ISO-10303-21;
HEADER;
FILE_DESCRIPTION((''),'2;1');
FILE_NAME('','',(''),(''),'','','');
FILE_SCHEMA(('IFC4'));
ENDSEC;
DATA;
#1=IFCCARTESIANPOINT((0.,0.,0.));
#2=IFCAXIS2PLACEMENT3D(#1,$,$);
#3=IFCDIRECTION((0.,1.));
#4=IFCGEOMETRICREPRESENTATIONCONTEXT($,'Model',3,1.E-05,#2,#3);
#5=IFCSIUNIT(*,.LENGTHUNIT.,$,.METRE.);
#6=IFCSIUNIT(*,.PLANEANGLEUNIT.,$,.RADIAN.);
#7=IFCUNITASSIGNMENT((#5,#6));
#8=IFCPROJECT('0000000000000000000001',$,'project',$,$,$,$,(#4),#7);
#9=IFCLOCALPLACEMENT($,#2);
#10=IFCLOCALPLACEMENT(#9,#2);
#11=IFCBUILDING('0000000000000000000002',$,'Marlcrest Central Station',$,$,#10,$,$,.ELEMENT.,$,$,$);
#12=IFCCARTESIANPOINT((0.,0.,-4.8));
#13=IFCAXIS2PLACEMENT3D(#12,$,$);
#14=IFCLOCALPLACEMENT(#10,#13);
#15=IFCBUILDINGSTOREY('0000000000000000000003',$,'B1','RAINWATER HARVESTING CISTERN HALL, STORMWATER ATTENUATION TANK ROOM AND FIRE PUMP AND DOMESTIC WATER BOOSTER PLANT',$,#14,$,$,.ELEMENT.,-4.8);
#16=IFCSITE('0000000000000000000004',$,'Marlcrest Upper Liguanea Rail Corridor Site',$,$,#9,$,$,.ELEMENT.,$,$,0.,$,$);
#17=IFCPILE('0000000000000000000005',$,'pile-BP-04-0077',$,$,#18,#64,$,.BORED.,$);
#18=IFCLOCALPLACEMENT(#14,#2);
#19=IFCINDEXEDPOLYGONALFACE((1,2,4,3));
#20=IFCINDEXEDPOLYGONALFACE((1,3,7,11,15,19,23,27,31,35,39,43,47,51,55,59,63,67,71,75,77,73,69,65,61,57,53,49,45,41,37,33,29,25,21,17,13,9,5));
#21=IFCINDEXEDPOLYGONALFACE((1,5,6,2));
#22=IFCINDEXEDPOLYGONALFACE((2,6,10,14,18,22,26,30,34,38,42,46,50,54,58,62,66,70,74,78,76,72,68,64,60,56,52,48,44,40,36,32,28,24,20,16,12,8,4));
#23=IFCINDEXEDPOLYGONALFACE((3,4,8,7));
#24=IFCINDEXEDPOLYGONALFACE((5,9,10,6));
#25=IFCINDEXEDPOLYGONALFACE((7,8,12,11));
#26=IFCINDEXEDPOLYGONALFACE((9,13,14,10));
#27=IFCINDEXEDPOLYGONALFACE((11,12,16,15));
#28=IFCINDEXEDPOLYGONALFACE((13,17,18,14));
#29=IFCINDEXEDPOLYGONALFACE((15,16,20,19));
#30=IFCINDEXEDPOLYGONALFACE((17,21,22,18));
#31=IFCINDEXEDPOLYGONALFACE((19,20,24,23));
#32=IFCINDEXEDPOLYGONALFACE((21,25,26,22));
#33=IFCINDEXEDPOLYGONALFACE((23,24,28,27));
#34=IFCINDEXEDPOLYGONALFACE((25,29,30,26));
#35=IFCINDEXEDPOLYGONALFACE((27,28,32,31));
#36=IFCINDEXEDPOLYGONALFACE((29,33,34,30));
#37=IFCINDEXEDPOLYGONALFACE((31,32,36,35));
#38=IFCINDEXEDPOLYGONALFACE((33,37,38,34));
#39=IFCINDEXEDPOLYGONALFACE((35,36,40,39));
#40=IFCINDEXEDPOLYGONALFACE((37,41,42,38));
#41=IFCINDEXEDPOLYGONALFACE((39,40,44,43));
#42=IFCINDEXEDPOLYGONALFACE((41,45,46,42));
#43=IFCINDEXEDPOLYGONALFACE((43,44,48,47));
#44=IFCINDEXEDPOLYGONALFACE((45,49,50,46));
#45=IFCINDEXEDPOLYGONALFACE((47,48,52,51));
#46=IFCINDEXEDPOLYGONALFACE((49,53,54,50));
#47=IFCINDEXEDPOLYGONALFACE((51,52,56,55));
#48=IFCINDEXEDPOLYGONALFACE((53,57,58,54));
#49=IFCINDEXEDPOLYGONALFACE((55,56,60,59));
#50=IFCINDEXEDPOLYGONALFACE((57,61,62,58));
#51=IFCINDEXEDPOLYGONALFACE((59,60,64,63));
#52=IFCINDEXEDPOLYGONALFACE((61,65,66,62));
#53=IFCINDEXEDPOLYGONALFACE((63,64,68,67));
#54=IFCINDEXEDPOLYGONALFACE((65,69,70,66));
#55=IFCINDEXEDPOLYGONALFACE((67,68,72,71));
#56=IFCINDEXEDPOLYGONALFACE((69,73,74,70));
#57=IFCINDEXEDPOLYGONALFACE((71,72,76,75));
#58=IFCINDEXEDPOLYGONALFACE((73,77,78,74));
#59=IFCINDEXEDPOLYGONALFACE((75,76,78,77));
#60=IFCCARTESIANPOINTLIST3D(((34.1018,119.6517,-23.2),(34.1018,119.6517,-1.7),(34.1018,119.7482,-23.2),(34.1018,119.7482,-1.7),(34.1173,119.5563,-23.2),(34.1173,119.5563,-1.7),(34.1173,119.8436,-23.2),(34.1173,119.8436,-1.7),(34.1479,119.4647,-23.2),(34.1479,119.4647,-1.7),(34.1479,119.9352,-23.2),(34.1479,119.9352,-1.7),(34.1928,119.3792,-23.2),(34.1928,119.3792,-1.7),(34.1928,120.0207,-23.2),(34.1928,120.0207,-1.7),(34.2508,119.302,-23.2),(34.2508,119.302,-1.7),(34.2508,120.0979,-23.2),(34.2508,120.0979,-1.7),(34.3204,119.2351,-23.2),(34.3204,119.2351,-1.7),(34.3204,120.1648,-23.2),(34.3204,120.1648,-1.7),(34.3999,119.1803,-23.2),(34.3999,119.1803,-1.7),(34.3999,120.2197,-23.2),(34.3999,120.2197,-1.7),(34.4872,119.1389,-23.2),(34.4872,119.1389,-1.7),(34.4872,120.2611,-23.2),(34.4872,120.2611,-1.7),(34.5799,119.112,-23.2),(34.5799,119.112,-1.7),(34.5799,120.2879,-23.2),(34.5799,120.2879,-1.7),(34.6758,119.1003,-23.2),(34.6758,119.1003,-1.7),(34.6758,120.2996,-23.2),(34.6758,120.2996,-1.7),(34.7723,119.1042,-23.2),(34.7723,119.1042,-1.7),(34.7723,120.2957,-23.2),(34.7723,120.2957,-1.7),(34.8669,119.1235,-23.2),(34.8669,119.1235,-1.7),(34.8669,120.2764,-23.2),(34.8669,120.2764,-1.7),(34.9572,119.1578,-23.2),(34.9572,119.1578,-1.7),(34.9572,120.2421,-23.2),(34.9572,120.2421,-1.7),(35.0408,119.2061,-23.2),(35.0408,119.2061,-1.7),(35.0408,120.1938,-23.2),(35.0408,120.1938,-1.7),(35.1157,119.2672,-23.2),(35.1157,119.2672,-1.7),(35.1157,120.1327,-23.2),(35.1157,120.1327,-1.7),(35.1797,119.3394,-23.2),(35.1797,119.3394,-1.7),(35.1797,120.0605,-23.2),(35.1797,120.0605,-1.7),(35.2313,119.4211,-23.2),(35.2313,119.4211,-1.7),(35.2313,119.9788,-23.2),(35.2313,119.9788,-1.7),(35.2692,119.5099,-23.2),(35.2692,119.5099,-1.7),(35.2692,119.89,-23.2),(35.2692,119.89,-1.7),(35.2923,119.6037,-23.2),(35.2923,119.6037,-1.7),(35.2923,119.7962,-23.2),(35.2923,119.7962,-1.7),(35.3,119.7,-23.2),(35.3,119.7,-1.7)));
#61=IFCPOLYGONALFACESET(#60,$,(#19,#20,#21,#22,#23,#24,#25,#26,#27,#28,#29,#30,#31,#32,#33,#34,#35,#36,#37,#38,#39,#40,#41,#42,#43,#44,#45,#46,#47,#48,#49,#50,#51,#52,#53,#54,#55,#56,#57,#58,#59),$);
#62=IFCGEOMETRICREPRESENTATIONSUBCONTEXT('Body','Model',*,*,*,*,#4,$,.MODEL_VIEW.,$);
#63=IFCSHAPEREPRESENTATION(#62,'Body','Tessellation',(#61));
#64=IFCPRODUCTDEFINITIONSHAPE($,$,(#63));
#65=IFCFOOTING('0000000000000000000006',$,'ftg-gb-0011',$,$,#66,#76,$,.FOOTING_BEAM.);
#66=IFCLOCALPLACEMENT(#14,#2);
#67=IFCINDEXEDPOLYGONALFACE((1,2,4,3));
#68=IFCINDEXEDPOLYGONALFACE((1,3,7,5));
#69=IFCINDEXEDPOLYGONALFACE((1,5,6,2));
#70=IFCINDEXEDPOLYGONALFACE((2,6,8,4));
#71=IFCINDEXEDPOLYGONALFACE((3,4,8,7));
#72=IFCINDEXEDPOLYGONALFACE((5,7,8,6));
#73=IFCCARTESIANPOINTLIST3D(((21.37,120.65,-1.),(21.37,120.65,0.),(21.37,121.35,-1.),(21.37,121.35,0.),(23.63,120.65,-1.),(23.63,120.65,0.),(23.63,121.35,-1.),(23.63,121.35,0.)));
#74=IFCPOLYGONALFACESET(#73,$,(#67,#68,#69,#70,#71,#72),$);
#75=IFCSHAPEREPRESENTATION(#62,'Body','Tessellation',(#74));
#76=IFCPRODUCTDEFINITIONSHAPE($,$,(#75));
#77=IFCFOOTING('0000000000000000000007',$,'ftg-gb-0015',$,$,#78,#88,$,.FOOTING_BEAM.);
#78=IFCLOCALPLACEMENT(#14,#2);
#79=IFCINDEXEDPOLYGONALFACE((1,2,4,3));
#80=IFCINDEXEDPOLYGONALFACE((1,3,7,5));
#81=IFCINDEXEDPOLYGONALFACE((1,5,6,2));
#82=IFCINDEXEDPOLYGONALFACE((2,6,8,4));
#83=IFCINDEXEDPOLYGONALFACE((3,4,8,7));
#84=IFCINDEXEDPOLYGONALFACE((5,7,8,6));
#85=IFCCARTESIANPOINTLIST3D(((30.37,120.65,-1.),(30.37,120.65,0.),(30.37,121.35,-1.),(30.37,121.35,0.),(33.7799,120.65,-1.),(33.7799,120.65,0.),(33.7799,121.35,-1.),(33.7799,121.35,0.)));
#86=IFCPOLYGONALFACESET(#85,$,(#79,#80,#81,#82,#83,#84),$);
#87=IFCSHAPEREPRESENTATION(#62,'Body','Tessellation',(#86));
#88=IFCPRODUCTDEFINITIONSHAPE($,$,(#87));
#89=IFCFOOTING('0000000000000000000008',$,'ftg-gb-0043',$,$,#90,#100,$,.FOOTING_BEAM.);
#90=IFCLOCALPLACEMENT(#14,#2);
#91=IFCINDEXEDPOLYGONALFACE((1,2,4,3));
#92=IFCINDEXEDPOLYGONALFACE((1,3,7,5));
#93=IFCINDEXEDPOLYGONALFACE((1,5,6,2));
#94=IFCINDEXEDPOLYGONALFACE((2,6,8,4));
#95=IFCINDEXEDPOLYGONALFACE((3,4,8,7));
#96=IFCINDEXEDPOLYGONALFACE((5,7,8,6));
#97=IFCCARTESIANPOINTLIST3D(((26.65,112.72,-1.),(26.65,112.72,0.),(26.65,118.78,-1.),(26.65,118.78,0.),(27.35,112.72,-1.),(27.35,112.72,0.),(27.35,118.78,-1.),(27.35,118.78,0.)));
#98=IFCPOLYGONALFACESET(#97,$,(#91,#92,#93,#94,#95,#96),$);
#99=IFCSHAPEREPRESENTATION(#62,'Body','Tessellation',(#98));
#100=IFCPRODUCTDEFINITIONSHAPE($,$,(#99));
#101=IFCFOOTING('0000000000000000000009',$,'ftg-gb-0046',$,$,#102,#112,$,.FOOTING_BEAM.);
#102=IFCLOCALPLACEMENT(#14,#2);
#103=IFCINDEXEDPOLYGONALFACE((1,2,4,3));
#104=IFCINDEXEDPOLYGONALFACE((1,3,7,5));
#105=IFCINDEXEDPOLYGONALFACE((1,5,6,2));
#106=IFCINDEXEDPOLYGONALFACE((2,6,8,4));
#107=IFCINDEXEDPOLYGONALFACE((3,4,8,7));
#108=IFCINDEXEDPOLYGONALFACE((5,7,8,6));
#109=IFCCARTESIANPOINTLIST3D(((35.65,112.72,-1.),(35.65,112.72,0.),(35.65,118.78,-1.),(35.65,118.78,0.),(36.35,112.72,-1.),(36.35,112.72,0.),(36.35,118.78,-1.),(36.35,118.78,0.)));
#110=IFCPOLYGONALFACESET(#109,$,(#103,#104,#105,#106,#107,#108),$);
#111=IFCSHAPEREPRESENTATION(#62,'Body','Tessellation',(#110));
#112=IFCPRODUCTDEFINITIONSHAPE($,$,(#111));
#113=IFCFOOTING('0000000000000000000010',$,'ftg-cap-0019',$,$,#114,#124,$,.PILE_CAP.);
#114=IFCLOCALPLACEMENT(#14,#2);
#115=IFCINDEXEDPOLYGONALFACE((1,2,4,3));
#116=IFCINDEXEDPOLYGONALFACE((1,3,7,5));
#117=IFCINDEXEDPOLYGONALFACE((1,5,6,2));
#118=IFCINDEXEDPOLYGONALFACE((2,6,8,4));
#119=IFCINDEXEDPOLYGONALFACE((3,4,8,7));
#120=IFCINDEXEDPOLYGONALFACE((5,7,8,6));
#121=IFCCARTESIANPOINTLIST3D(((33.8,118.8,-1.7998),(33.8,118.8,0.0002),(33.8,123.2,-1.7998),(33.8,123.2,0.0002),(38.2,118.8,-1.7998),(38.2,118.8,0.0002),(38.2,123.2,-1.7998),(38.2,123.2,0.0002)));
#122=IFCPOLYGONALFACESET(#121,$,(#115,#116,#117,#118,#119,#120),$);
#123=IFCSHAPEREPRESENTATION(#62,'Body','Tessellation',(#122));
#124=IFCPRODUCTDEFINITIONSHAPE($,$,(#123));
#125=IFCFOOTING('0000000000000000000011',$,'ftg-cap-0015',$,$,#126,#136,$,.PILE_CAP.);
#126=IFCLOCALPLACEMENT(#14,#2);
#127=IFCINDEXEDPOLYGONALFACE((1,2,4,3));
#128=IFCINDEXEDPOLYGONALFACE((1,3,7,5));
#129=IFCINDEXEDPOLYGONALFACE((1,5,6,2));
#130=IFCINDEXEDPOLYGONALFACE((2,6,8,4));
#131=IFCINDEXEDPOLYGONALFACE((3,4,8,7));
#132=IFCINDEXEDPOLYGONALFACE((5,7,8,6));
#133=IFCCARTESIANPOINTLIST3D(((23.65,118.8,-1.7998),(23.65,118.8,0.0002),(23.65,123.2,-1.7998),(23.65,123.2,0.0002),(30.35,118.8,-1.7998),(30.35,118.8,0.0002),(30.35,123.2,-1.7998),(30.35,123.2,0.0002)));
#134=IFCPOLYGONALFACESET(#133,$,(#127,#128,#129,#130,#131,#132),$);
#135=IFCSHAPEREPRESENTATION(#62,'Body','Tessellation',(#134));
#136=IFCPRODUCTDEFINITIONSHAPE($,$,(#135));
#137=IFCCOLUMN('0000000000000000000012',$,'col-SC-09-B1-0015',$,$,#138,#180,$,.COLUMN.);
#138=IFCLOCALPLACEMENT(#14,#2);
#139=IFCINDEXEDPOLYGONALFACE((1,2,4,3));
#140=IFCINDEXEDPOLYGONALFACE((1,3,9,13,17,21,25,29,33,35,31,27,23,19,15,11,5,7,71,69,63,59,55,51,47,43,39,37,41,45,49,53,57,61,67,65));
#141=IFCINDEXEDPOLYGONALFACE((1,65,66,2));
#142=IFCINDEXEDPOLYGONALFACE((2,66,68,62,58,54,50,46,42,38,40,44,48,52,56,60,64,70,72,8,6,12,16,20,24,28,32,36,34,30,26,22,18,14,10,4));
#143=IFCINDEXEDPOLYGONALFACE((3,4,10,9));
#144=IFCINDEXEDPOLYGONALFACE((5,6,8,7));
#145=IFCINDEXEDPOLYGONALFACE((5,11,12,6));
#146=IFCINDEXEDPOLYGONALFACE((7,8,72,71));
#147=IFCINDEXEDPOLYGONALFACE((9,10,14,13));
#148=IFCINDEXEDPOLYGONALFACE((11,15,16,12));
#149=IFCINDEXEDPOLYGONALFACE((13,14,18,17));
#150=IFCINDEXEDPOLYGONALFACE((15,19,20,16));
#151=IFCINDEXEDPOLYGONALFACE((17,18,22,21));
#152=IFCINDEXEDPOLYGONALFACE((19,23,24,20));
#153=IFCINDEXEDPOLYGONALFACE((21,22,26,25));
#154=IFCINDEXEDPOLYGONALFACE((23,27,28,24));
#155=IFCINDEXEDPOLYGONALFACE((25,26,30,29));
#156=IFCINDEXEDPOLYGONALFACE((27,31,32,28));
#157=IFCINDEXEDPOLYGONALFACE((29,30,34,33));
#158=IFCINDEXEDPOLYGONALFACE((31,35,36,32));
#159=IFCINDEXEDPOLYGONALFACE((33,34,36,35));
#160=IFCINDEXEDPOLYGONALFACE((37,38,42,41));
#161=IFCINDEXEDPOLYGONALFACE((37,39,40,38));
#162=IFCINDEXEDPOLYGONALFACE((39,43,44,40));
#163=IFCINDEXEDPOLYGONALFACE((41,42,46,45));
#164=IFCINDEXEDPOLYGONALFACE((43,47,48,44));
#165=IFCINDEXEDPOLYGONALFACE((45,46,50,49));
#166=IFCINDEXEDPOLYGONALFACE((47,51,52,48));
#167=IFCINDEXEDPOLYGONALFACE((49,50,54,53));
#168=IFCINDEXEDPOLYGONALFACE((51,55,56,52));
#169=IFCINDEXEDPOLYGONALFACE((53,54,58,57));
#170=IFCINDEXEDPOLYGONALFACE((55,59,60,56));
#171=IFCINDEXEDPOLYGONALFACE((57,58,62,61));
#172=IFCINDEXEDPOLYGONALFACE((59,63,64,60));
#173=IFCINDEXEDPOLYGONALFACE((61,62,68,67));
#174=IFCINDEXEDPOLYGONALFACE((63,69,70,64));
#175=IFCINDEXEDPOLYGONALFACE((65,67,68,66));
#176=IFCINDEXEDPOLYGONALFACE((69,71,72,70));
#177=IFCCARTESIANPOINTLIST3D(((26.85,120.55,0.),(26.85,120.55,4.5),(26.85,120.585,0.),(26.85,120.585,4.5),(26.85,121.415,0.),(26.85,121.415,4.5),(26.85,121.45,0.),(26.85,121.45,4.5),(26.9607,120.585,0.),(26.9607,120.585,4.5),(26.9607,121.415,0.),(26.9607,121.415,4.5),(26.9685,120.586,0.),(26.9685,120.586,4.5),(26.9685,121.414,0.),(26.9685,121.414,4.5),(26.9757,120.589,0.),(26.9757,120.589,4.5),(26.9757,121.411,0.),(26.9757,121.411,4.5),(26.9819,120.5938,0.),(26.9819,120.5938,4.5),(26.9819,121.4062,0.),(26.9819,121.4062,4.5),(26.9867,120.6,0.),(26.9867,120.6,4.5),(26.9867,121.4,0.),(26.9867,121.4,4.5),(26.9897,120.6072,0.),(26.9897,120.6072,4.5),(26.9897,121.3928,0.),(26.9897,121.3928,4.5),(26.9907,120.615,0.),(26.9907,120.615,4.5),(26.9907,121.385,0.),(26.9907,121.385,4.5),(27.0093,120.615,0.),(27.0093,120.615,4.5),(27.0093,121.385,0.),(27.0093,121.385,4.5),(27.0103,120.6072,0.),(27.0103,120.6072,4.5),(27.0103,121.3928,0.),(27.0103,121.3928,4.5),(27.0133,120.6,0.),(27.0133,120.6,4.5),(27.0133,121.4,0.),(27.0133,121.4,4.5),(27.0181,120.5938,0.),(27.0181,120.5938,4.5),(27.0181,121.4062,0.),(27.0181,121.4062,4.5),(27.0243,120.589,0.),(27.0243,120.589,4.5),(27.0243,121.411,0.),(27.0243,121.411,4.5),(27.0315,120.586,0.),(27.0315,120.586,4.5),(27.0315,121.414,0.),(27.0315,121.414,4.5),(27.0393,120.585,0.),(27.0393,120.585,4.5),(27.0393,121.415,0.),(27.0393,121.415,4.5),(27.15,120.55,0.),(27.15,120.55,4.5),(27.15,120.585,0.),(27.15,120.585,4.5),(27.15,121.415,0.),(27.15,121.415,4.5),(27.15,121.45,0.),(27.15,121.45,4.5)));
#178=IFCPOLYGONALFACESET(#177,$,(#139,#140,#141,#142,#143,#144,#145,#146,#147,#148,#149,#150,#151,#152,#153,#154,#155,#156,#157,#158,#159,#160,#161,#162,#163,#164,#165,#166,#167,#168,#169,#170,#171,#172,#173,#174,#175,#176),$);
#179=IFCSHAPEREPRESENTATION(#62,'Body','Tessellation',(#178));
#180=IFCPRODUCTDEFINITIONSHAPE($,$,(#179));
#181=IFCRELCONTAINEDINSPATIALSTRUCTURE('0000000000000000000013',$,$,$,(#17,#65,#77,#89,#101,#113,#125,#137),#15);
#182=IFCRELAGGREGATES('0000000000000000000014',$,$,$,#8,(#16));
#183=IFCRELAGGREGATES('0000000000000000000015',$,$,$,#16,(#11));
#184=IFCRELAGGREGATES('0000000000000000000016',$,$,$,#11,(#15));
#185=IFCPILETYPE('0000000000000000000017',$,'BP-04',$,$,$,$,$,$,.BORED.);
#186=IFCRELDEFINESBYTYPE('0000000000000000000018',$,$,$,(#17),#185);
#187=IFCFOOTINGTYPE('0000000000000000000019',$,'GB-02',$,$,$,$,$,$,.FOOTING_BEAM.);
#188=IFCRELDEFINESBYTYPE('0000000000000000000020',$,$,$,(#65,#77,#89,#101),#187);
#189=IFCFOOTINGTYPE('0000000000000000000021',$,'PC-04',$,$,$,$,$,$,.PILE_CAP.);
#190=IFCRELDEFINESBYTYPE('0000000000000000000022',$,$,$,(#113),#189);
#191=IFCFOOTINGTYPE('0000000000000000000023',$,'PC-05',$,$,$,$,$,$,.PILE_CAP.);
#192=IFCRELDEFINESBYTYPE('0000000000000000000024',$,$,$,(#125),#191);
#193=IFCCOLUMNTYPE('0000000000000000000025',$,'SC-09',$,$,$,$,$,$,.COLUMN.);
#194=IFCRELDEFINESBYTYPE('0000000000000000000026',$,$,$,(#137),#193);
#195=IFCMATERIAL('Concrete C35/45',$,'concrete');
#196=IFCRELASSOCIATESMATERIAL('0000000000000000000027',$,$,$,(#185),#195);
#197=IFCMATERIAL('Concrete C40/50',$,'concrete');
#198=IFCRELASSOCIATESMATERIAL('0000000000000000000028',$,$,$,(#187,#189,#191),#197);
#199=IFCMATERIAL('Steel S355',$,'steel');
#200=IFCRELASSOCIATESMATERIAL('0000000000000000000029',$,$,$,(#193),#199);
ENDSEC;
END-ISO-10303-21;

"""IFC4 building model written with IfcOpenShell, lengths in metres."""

from ifc_helpers import new_model, si_unit, direction, frame, origin, origin_2d, place, context, subcontext, project, spatial, rectangle, circle, i_section, extrude, material, material_profile, profile_set, type_object, element, save


model = new_model("IFC4")

# Units and contexts
model_context = context("Model", 3, precision=1e-05, world=origin(), true_north=direction((0.0, 1.0)))
body_context = subcontext(model_context, "Body", "Model", "MODEL_VIEW")
ifc_project = project(units=[si_unit("LENGTHUNIT", "METRE"), si_unit("PLANEANGLEUNIT", "RADIAN")], contexts=[model_context])

# Site, building, storey
site_placement = place(None, origin())
site = spatial("IfcSite", under=ifc_project, at=site_placement, Name="Marlcrest Upper Liguanea Rail Corridor Site", CompositionType="ELEMENT", RefElevation=0.0)
building_placement = place(site_placement, origin())
building = spatial("IfcBuilding", under=site, at=building_placement, Name="Marlcrest Central Station", CompositionType="ELEMENT")
storey_placement = place(building_placement, frame((0.0, 0.0, -4.8)))
storey = spatial("IfcBuildingStorey", under=building, at=storey_placement, Name="B1", Description="RAINWATER HARVESTING CISTERN HALL, STORMWATER ATTENUATION TANK ROOM AND FIRE PUMP AND DOMESTIC WATER BOOSTER PLANT", CompositionType="ELEMENT", Elevation=-4.8)

# Pile
ifc_material_1 = material(Name="Concrete C35/45", Category="concrete")
ifc_material_profile_1 = material_profile(ifc_material_1, circle(Radius=0.6001, at=origin_2d()), Name="PILE D1200")
ifc_profile_set_1 = profile_set([ifc_material_profile_1], Name="Concrete C35/45")
pile_type = type_object("IfcPileType", Name="BP-04", PredefinedType="BORED", material=ifc_profile_set_1)
pile_placement = place(storey_placement, frame((34.7, 119.7, -1.7), z_axis=(0.0, 0.0, -1.0), x_axis=(1.0, 0.0, 0.0)))
element("IfcPile", 1, at=pile_placement, inside=storey, type_object=pile_type, Name="pile-BP-04-0077", PredefinedType="BORED", context=body_context, shape_type="SweptSolid", body=[
    extrude(circle(Radius=0.6001, at=origin_2d()), origin(), (0.0, 0.0, 1.0), 21.5),
])

# Footings
ifc_material_2 = material(Name="Concrete C40/50", Category="concrete")
footing_type_1 = type_object("IfcFootingType", Name="GB-02", PredefinedType="FOOTING_BEAM", material=ifc_material_2)
footing_1_placement = place(storey_placement, frame((22.5, 121.0, -1.0), z_axis=(0.0, 0.0, 1.0), x_axis=(1.0, 0.0, 0.0)))
element("IfcFooting", 2, at=footing_1_placement, inside=storey, type_object=footing_type_1, Name="ftg-gb-0011", PredefinedType="FOOTING_BEAM", context=body_context, shape_type="SweptSolid", body=[
    extrude(rectangle(XDim=2.26, YDim=0.7, at=origin_2d()), origin(), (0.0, 0.0, 1.0), 1.0),
])
footing_2_placement = place(storey_placement, frame((32.075, 121.0, -1.0), z_axis=(0.0, 0.0, 1.0), x_axis=(1.0, 0.0, 0.0)))
element("IfcFooting", 3, at=footing_2_placement, inside=storey, type_object=footing_type_1, Name="ftg-gb-0015", PredefinedType="FOOTING_BEAM", context=body_context, shape_type="SweptSolid", body=[
    extrude(rectangle(XDim=3.4099, YDim=0.7, at=origin_2d()), origin(), (0.0, 0.0, 1.0), 1.0),
])
for number, where, z_axis, x_axis, name in (
    (4, (27.0, 115.75, -1.0), (0.0, 0.0, 1.0), (1.0, 0.0, 0.0), "ftg-gb-0043"),
    (5, (36.0, 115.75, -1.0), (0.0, 0.0, 1.0), (1.0, 0.0, 0.0), "ftg-gb-0046"),
):
    element("IfcFooting", number, at=place(storey_placement, frame(where, z_axis=z_axis, x_axis=x_axis)), inside=storey, type_object=footing_type_1, Name=name, PredefinedType="FOOTING_BEAM", context=body_context, shape_type="SweptSolid", body=[
        extrude(rectangle(XDim=0.7, YDim=6.0601, at=origin_2d()), origin(), (0.0, 0.0, 1.0), 1.0),
    ])
footing_type_2 = type_object("IfcFootingType", Name="PC-04", PredefinedType="PILE_CAP", material=ifc_material_2)
footing_3_placement = place(storey_placement, frame((36.0, 121.0, -1.7998), z_axis=(0.0, 0.0, 1.0), x_axis=(1.0, 0.0, 0.0)))
element("IfcFooting", 6, at=footing_3_placement, inside=storey, type_object=footing_type_2, Name="ftg-cap-0019", PredefinedType="PILE_CAP", context=body_context, shape_type="SweptSolid", body=[
    extrude(rectangle(XDim=4.3999, YDim=4.3999, at=origin_2d()), origin(), (0.0, 0.0, 1.0), 1.8),
])
footing_type_3 = type_object("IfcFootingType", Name="PC-05", PredefinedType="PILE_CAP", material=ifc_material_2)
footing_4_placement = place(storey_placement, frame((27.0, 121.0, -1.7998), z_axis=(0.0, 0.0, 1.0), x_axis=(1.0, 0.0, 0.0)))
element("IfcFooting", 7, at=footing_4_placement, inside=storey, type_object=footing_type_3, Name="ftg-cap-0015", PredefinedType="PILE_CAP", context=body_context, shape_type="SweptSolid", body=[
    extrude(rectangle(XDim=6.7, YDim=4.3999, at=origin_2d()), origin(), (0.0, 0.0, 1.0), 1.8),
])

# Column
ifc_material_3 = material(Name="Steel S355", Category="steel")
ifc_material_profile_2 = material_profile(ifc_material_3, i_section(OverallWidth=0.3, OverallDepth=0.8999, WebThickness=0.0186, FlangeThickness=0.0349, FilletRadius=0.03, at=origin_2d()), Name="HEB 900")
ifc_profile_set_2 = profile_set([ifc_material_profile_2], Name="Steel S355")
column_type_1 = type_object("IfcColumnType", Name="SC-09", PredefinedType="COLUMN", material=ifc_profile_set_2)
column_placement = place(storey_placement, frame((27.0, 121.0, 0.0), z_axis=(0.0, 0.0, 1.0), x_axis=(1.0, 0.0, 0.0)))
element("IfcColumn", 8, at=column_placement, inside=storey, type_object=column_type_1, Name="col-SC-09-B1-0015", PredefinedType="COLUMN", context=body_context, shape_type="SweptSolid", body=[
    extrude(i_section(OverallWidth=0.3, OverallDepth=0.8999, WebThickness=0.0186, FlangeThickness=0.0349, FilletRadius=0.03, at=origin_2d()), origin(), (0.0, 0.0, 1.0), 4.5),
])

save(model, "model.ifc")
